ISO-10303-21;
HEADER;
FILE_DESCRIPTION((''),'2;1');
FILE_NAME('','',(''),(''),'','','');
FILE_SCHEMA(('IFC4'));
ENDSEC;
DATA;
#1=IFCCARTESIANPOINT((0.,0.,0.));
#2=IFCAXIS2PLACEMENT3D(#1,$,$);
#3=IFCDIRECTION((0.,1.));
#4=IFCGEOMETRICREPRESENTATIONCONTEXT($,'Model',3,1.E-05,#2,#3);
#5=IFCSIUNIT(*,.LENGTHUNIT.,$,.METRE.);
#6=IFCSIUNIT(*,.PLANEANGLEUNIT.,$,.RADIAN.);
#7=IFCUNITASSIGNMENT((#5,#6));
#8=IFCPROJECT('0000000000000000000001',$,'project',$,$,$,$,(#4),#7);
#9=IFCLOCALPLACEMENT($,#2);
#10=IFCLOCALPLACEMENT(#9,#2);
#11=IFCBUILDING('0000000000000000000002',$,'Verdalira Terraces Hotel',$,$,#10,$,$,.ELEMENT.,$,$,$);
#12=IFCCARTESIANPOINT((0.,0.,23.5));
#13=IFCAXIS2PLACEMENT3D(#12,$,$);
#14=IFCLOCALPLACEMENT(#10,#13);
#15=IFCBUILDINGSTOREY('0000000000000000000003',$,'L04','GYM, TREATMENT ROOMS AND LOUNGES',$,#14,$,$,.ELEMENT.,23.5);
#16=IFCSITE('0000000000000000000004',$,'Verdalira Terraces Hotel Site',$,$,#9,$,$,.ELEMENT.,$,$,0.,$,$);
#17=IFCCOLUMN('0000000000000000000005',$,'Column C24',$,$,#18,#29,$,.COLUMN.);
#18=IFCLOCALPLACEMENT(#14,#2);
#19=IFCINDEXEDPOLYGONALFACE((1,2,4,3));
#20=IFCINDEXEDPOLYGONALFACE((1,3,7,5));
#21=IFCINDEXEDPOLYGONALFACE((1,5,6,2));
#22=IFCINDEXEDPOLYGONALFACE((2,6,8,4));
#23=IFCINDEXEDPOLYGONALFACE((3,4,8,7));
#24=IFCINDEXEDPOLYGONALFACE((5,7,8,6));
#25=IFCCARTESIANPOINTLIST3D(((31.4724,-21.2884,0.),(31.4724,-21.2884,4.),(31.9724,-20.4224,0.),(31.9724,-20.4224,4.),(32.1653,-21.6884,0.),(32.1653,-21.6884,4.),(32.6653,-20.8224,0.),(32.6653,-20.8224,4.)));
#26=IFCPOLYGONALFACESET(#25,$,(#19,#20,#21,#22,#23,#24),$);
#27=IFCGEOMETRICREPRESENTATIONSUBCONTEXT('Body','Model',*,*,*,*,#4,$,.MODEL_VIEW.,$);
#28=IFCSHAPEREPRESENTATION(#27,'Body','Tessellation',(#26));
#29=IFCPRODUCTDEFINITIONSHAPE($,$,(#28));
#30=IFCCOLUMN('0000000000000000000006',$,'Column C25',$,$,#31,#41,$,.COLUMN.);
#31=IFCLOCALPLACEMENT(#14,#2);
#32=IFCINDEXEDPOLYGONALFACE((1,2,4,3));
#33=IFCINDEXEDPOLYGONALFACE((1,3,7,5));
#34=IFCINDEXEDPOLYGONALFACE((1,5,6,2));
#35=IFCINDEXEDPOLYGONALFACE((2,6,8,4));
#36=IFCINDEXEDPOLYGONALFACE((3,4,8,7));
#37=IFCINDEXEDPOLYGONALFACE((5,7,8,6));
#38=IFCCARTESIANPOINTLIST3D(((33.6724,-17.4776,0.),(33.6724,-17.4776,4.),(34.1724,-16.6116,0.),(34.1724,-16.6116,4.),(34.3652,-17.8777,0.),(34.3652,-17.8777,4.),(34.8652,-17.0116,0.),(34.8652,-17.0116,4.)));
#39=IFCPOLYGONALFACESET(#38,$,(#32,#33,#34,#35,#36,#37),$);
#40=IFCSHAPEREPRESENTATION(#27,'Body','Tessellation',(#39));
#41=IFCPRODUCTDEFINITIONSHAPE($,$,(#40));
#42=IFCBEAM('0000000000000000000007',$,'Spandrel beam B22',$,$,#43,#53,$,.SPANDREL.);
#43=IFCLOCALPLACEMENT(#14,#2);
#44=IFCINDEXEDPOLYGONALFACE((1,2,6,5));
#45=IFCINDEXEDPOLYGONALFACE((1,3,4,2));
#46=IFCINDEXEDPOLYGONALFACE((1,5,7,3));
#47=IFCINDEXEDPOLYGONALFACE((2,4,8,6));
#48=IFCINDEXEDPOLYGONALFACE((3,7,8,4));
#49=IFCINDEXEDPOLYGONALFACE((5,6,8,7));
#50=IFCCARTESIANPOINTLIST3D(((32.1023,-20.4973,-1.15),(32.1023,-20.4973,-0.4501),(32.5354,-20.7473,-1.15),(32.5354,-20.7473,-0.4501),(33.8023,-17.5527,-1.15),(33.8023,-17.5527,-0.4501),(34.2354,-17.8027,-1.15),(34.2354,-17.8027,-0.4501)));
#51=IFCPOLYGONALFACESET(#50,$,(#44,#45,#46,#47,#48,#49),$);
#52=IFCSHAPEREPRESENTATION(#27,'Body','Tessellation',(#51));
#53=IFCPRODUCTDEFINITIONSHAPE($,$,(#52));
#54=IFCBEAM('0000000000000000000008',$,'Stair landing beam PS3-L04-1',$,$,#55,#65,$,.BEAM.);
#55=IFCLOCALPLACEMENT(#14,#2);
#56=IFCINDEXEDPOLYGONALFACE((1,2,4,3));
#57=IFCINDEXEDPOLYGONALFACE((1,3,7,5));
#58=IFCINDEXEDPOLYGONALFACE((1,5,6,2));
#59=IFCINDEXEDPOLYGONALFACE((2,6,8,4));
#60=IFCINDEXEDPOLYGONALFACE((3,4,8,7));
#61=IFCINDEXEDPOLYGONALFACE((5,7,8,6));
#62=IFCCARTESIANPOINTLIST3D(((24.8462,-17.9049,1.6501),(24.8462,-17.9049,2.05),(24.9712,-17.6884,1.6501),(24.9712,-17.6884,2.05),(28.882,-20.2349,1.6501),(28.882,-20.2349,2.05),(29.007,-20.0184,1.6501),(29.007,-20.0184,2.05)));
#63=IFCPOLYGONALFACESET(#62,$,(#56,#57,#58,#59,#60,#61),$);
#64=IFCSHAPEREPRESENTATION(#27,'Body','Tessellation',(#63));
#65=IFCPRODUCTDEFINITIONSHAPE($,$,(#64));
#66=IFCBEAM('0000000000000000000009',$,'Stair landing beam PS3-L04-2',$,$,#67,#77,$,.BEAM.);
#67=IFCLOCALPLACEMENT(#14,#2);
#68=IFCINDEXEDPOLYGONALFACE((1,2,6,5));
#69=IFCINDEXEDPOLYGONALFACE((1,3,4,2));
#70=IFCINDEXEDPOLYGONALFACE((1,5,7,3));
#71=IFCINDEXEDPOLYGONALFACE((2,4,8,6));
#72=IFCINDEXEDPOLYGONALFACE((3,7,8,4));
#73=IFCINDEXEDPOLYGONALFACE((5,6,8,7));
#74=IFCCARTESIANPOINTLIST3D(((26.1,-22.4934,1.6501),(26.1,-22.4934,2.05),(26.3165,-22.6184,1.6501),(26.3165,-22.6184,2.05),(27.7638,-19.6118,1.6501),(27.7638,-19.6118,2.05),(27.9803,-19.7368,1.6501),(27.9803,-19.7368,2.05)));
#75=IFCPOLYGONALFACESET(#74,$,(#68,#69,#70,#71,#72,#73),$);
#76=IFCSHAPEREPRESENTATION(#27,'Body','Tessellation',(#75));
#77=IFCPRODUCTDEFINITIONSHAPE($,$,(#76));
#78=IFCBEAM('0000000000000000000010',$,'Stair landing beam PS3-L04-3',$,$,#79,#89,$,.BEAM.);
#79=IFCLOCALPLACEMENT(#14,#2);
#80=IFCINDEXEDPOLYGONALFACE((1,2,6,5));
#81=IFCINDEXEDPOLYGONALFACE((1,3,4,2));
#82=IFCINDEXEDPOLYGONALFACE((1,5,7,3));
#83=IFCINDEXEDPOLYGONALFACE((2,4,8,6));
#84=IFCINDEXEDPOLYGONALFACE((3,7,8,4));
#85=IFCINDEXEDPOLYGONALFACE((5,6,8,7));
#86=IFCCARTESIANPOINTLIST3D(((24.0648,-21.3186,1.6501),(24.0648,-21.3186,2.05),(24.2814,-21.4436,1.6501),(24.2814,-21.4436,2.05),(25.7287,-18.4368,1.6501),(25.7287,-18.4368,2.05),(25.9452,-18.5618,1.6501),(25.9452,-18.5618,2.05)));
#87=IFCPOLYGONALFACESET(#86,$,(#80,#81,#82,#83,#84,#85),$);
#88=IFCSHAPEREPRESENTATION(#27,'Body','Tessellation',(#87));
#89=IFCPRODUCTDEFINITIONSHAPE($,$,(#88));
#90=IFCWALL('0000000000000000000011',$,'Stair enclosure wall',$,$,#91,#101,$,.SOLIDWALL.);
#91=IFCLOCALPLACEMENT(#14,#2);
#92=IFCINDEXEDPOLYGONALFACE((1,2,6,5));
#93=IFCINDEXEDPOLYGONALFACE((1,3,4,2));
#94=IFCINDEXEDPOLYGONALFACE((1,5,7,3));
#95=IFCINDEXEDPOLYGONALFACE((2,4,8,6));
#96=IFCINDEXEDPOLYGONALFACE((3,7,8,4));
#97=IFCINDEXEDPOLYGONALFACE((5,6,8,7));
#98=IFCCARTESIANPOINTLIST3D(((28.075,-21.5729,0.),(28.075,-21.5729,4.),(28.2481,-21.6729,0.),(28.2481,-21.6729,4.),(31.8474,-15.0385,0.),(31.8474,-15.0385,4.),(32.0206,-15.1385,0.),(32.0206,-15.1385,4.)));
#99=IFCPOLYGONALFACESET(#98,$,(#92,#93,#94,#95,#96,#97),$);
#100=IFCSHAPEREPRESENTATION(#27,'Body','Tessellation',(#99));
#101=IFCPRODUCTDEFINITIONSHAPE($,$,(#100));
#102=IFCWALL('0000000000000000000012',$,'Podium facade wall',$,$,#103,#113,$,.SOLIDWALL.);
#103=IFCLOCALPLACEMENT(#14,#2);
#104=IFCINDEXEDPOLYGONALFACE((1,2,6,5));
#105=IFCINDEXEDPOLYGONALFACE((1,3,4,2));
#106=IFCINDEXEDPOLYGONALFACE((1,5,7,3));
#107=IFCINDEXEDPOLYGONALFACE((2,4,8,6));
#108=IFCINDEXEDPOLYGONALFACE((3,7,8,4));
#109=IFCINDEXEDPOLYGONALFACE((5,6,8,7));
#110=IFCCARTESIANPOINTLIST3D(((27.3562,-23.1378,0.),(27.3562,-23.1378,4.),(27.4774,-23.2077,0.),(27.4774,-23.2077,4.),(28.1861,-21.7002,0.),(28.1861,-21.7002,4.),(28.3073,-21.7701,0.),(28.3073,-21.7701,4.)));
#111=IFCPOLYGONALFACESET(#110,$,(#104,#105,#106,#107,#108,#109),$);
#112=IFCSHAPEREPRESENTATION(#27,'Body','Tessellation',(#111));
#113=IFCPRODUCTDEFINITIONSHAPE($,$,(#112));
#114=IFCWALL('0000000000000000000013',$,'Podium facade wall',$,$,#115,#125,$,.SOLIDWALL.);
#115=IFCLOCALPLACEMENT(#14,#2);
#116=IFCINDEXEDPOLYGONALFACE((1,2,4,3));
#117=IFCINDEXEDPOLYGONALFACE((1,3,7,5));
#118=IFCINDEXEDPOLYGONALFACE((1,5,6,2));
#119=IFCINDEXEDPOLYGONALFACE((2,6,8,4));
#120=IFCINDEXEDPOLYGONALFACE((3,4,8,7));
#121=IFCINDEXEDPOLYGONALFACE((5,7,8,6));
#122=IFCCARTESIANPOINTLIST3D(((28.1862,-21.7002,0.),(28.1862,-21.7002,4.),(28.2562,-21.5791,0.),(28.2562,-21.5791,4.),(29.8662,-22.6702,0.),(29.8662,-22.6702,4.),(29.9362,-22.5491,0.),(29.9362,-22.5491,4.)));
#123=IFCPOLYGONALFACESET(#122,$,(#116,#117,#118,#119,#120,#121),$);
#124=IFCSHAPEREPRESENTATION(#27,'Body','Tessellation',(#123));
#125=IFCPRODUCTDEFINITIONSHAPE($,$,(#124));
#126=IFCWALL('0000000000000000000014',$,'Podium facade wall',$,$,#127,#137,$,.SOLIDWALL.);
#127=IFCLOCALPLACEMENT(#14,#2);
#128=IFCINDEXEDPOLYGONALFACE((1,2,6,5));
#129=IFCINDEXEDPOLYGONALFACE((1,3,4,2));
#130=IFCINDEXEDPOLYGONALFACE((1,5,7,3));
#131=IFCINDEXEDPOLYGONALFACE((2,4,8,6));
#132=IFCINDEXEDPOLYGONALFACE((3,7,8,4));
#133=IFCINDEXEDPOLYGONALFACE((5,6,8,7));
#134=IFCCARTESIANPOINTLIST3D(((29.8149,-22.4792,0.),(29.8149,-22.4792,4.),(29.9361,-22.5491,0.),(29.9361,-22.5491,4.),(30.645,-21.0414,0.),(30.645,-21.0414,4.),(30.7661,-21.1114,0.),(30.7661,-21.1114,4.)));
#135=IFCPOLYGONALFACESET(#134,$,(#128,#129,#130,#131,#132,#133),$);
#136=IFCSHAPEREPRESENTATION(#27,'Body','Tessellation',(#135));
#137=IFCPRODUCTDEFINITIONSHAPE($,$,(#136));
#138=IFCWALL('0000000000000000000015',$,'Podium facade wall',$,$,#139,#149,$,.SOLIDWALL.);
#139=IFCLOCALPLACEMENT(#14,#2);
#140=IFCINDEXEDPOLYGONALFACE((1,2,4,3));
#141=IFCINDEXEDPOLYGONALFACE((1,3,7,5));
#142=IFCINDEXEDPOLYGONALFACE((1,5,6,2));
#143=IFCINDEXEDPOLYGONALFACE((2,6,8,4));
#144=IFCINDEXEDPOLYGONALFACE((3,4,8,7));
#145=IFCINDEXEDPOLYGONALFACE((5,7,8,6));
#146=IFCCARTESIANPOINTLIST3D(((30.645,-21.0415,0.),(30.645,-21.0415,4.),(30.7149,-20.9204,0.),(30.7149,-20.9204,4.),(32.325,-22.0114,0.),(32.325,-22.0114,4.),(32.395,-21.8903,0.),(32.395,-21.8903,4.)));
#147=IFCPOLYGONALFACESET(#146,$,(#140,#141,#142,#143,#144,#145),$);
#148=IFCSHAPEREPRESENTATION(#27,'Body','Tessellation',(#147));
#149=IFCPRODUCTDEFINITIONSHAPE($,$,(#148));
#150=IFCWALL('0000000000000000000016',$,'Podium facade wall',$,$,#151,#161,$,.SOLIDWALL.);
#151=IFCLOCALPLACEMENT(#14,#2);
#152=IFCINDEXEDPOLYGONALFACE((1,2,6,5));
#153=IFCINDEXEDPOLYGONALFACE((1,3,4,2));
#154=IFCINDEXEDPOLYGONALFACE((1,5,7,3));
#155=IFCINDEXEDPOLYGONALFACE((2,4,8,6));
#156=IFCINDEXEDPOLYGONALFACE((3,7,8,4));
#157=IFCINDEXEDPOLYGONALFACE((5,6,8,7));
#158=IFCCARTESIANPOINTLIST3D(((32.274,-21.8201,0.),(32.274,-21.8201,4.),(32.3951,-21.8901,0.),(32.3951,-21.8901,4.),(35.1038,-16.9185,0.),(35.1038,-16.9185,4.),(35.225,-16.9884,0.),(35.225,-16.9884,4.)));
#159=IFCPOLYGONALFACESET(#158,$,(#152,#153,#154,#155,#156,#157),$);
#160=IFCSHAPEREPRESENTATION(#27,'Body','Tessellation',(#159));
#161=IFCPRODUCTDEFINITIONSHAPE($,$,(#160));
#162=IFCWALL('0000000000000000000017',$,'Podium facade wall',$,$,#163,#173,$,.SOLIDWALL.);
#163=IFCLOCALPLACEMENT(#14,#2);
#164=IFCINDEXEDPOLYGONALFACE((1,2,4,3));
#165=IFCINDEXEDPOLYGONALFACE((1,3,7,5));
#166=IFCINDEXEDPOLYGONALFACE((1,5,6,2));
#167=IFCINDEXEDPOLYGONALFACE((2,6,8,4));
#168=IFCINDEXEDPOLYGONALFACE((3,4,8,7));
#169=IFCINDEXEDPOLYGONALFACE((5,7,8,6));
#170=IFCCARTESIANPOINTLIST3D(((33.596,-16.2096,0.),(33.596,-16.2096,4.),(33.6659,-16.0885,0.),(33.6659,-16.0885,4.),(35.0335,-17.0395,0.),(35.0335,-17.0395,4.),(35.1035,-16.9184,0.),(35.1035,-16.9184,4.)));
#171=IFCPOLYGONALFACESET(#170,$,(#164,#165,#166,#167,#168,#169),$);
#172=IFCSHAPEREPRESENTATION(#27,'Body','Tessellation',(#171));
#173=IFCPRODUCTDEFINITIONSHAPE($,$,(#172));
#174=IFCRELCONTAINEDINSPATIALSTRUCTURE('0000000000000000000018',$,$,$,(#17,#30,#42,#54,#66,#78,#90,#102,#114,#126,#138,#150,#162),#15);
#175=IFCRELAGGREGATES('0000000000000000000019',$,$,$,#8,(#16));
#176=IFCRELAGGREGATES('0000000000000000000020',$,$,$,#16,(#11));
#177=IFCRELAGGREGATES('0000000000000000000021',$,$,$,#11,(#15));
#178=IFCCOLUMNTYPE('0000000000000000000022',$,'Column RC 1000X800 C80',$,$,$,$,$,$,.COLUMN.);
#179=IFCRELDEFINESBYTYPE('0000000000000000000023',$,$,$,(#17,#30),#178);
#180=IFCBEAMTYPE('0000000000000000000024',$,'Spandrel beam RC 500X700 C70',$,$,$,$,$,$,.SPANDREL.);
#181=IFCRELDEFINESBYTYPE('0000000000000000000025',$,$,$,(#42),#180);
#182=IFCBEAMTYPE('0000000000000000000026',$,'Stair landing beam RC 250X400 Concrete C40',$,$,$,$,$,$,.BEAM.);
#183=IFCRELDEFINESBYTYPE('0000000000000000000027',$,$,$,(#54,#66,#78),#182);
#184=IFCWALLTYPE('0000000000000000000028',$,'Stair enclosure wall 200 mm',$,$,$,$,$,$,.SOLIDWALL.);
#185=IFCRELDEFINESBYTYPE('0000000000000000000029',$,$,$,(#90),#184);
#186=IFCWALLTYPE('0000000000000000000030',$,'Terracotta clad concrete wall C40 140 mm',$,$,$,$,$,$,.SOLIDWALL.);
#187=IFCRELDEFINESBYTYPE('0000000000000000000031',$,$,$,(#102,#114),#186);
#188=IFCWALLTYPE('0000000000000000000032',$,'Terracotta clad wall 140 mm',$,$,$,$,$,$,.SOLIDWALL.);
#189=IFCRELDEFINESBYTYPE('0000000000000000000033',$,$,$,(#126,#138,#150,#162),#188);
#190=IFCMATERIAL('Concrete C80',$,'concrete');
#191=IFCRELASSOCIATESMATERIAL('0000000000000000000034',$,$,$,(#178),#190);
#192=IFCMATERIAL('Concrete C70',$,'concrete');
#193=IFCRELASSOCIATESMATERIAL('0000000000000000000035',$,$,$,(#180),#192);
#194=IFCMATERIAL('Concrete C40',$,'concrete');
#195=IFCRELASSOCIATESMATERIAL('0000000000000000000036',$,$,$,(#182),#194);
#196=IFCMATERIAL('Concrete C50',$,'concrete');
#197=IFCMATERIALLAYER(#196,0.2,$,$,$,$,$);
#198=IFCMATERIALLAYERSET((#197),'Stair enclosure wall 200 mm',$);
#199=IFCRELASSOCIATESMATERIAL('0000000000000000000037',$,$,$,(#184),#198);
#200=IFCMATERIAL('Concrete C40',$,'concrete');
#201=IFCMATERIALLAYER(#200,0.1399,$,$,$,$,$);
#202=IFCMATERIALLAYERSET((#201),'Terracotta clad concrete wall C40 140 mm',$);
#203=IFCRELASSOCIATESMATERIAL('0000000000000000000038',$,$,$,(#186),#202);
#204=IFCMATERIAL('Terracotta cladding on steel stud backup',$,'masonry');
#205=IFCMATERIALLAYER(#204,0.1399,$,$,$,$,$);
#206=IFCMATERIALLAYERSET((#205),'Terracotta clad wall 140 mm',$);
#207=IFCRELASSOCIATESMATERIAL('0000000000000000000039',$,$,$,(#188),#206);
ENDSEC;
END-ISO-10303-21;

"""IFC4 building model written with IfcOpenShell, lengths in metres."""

from ifc_helpers import new_model, si_unit, direction, frame, frame_2d, origin, origin_2d, place, context, subcontext, project, spatial, rectangle, extrude, material, layer, layer_set, material_profile, profile_set, type_object, element, save


model = new_model("IFC4")

# Units and contexts
model_context = context("Model", 3, precision=1e-05, world=origin(), true_north=direction((0.0, 1.0)))
body_context = subcontext(model_context, "Body", "Model", "MODEL_VIEW")
ifc_project = project(units=[si_unit("LENGTHUNIT", "METRE"), si_unit("PLANEANGLEUNIT", "RADIAN")], contexts=[model_context])

# Site, building, storey
site_placement = place(None, origin())
site = spatial("IfcSite", under=ifc_project, at=site_placement, Name="Verdalira Terraces Hotel Site", CompositionType="ELEMENT", RefElevation=0.0)
building_placement = place(site_placement, origin())
building = spatial("IfcBuilding", under=site, at=building_placement, Name="Verdalira Terraces Hotel", CompositionType="ELEMENT")
storey_placement = place(building_placement, frame((0.0, 0.0, 23.5)))
storey = spatial("IfcBuildingStorey", under=building, at=storey_placement, Name="L04", Description="GYM, TREATMENT ROOMS AND LOUNGES", CompositionType="ELEMENT", Elevation=23.5)

# Columns
ifc_material_1 = material(Name="Concrete C80", Category="concrete")
ifc_material_profile_1 = material_profile(ifc_material_1, rectangle(XDim=1.0, YDim=0.8, at=origin_2d()), Name="RC 1000X800")
ifc_profile_set_1 = profile_set([ifc_material_profile_1], Name="Concrete C80")
column_type = type_object("IfcColumnType", Name="Column RC 1000X800 C80", PredefinedType="COLUMN", material=ifc_profile_set_1)
for number, where, z_axis, x_axis, name in (
    (1, (32.0688, -21.0554, 0.0), (0.0, 0.0, 1.0), (0.5, 0.866025, 0.0), "Column C24"),
    (2, (34.2688, -17.2446, 0.0), (0.0, 0.0, 1.0), (0.5, 0.866025, 0.0), "Column C25"),
):
    element("IfcColumn", number, at=place(storey_placement, frame(where, z_axis=z_axis, x_axis=x_axis)), inside=storey, type_object=column_type, Name=name, PredefinedType="COLUMN", context=body_context, shape_type="SweptSolid", body=[
        extrude(rectangle(XDim=1.0, YDim=0.8, at=origin_2d()), origin(), (0.0, 0.0, 1.0), 4.0),
    ])

# Beams
ifc_material_2 = material(Name="Concrete C70", Category="concrete")
ifc_material_profile_2 = material_profile(ifc_material_2, rectangle(XDim=0.5, YDim=0.7, at=origin_2d()), Name="RC 500X700")
ifc_profile_set_2 = profile_set([ifc_material_profile_2], Name="Concrete C70")
beam_type_1 = type_object("IfcBeamType", Name="Spandrel beam RC 500X700 C70", PredefinedType="SPANDREL", material=ifc_profile_set_2)
beam_1_placement = place(storey_placement, frame((32.3188, -20.6223, -0.8), z_axis=(0.499977, 0.866039, 0.0), x_axis=(-0.866039, 0.499977, 0.0)))
element("IfcBeam", 3, at=beam_1_placement, inside=storey, type_object=beam_type_1, Name="Spandrel beam B22", PredefinedType="SPANDREL", context=body_context, shape_type="SweptSolid", body=[
    extrude(rectangle(XDim=0.5, YDim=0.7, at=origin_2d()), origin(), (0.0, 0.0, 1.0), 3.4001),
])
ifc_material_3 = material(Name="Concrete C40", Category="concrete")
ifc_material_profile_3 = material_profile(ifc_material_3, rectangle(XDim=0.25, YDim=0.3999, at=origin_2d()), Name="RC 250X400")
ifc_profile_set_3 = profile_set([ifc_material_profile_3], Name="Concrete C40")
beam_type_2 = type_object("IfcBeamType", Name="Stair landing beam RC 250X400 Concrete C40", PredefinedType="BEAM", material=ifc_profile_set_3)
beam_2_placement = place(storey_placement, frame((24.9087, -17.7966, 1.8501), z_axis=(0.866029, -0.499993, 0.0), x_axis=(0.499993, 0.866029, 0.0)))
element("IfcBeam", 4, at=beam_2_placement, inside=storey, type_object=beam_type_2, Name="Stair landing beam PS3-L04-1", PredefinedType="BEAM", context=body_context, shape_type="SweptSolid", body=[
    extrude(rectangle(XDim=0.25, YDim=0.3999, at=origin_2d()), origin(), (0.0, 0.0, 1.0), 4.6602),
])
beam_3_placement = place(storey_placement, frame((27.8721, -19.6743, 1.8501), z_axis=(-0.500029, -0.866008, 0.0), x_axis=(0.866008, -0.500029, 0.0)))
element("IfcBeam", 5, at=beam_3_placement, inside=storey, type_object=beam_type_2, Name="Stair landing beam PS3-L04-2", PredefinedType="BEAM", context=body_context, shape_type="SweptSolid", body=[
    extrude(rectangle(XDim=0.25, YDim=0.3999, at=origin_2d()), origin(), (0.0, 0.0, 1.0), 3.3274),
])
beam_4_placement = place(storey_placement, frame((25.8369, -18.4993, 1.8501), z_axis=(-0.499998, -0.866027, 0.0), x_axis=(0.866027, -0.499998, 0.0)))
element("IfcBeam", 6, at=beam_4_placement, inside=storey, type_object=beam_type_2, Name="Stair landing beam PS3-L04-3", PredefinedType="BEAM", context=body_context, shape_type="SweptSolid", body=[
    extrude(rectangle(XDim=0.25, YDim=0.3999, at=origin_2d()), origin(), (0.0, 0.0, 1.0), 3.3276),
])

# Walls
ifc_material_4 = material(Name="Concrete C50", Category="concrete")
ifc_layer_1 = layer(ifc_material_4, 0.2)
ifc_layer_set_1 = layer_set([ifc_layer_1], Name="Stair enclosure wall 200 mm")
wall_type_1 = type_object("IfcWallType", Name="Stair enclosure wall 200 mm", PredefinedType="SOLIDWALL", material=ifc_layer_set_1)
wall_1_placement = place(storey_placement, frame((28.1616, -21.6228, 0.0), z_axis=(0.0, 0.0, 1.0), x_axis=(0.499981, 0.866036, 0.0)))
element("IfcWall", 7, at=wall_1_placement, inside=storey, type_object=wall_type_1, Name="Stair enclosure wall", PredefinedType="SOLIDWALL", context=body_context, shape_type="SweptSolid", body=[
    extrude(rectangle(XDim=7.5452, YDim=0.2, at=frame_2d((3.7725, 0.0))), origin(), (0.0, 0.0, 1.0), 4.0),
])
ifc_material_5 = material(Name="Concrete C40", Category="concrete")
ifc_layer_2 = layer(ifc_material_5, 0.1399)
ifc_layer_set_2 = layer_set([ifc_layer_2], Name="Terracotta clad concrete wall C40 140 mm")
wall_type_2 = type_object("IfcWallType", Name="Terracotta clad concrete wall C40 140 mm", PredefinedType="SOLIDWALL", material=ifc_layer_set_2)
wall_2_placement = place(storey_placement, frame((27.4167, -23.1729, 0.0), z_axis=(0.0, 0.0, 1.0), x_axis=(0.499952, 0.866053, 0.0)))
element("IfcWall", 8, at=wall_2_placement, inside=storey, type_object=wall_type_2, Name="Podium facade wall", PredefinedType="SOLIDWALL", context=body_context, shape_type="SweptSolid", body=[
    extrude(rectangle(XDim=1.6599, YDim=0.1399, at=frame_2d((0.8301, 0.0))), origin(), (0.0, 0.0, 1.0), 4.0),
])
wall_3_placement = place(storey_placement, frame((28.2212, -21.6396, 0.0), z_axis=(0.0, 0.0, 1.0), x_axis=(0.866012, -0.500024, 0.0)))
element("IfcWall", 9, at=wall_3_placement, inside=storey, type_object=wall_type_2, Name="Podium facade wall", PredefinedType="SOLIDWALL", context=body_context, shape_type="SweptSolid", body=[
    extrude(rectangle(XDim=1.9399, YDim=0.1399, at=frame_2d((0.97, 0.0))), origin(), (0.0, 0.0, 1.0), 4.0),
])
ifc_material_6 = material(Name="Terracotta cladding on steel stud backup", Category="masonry")
ifc_layer_3 = layer(ifc_material_6, 0.1399)
ifc_layer_set_3 = layer_set([ifc_layer_3], Name="Terracotta clad wall 140 mm")
wall_type_3 = type_object("IfcWallType", Name="Terracotta clad wall 140 mm", PredefinedType="SOLIDWALL", material=ifc_layer_set_3)
wall_4_placement = place(storey_placement, frame((29.8755, -22.5142, 0.0), z_axis=(0.0, 0.0, 1.0), x_axis=(0.499998, 0.866026, 0.0)))
element("IfcWall", 10, at=wall_4_placement, inside=storey, type_object=wall_type_3, Name="Podium facade wall", PredefinedType="SOLIDWALL", context=body_context, shape_type="SweptSolid", body=[
    extrude(rectangle(XDim=1.6602, YDim=0.1399, at=frame_2d((0.8301, 0.0))), origin(), (0.0, 0.0, 1.0), 4.0),
])
wall_5_placement = place(storey_placement, frame((30.6799, -20.981, 0.0), z_axis=(0.0, 0.0, 1.0), x_axis=(0.866043, -0.499969, 0.0)))
element("IfcWall", 11, at=wall_5_placement, inside=storey, type_object=wall_type_3, Name="Podium facade wall", PredefinedType="SOLIDWALL", context=body_context, shape_type="SweptSolid", body=[
    extrude(rectangle(XDim=1.9399, YDim=0.1399, at=frame_2d((0.97, 0.0))), origin(), (0.0, 0.0, 1.0), 4.0),
])
wall_6_placement = place(storey_placement, frame((32.3345, -21.8552, 0.0), z_axis=(0.0, 0.0, 1.0), x_axis=(0.499985, 0.866034, 0.0)))
element("IfcWall", 12, at=wall_6_placement, inside=storey, type_object=wall_type_3, Name="Podium facade wall", PredefinedType="SOLIDWALL", context=body_context, shape_type="SweptSolid", body=[
    extrude(rectangle(XDim=5.6599, YDim=0.1399, at=frame_2d((2.8301, 0.0))), origin(), (0.0, 0.0, 1.0), 4.0),
])
wall_7_placement = place(storey_placement, frame((35.0686, -16.979, 0.0), z_axis=(0.0, 0.0, 1.0), x_axis=(-0.866053, 0.499952, 0.0)))
element("IfcWall", 13, at=wall_7_placement, inside=storey, type_object=wall_type_3, Name="Podium facade wall", PredefinedType="SOLIDWALL", context=body_context, shape_type="SweptSolid", body=[
    extrude(rectangle(XDim=1.6599, YDim=0.1399, at=frame_2d((0.8301, 0.0))), origin(), (0.0, 0.0, 1.0), 4.0),
])

save(model, "model.ifc")
